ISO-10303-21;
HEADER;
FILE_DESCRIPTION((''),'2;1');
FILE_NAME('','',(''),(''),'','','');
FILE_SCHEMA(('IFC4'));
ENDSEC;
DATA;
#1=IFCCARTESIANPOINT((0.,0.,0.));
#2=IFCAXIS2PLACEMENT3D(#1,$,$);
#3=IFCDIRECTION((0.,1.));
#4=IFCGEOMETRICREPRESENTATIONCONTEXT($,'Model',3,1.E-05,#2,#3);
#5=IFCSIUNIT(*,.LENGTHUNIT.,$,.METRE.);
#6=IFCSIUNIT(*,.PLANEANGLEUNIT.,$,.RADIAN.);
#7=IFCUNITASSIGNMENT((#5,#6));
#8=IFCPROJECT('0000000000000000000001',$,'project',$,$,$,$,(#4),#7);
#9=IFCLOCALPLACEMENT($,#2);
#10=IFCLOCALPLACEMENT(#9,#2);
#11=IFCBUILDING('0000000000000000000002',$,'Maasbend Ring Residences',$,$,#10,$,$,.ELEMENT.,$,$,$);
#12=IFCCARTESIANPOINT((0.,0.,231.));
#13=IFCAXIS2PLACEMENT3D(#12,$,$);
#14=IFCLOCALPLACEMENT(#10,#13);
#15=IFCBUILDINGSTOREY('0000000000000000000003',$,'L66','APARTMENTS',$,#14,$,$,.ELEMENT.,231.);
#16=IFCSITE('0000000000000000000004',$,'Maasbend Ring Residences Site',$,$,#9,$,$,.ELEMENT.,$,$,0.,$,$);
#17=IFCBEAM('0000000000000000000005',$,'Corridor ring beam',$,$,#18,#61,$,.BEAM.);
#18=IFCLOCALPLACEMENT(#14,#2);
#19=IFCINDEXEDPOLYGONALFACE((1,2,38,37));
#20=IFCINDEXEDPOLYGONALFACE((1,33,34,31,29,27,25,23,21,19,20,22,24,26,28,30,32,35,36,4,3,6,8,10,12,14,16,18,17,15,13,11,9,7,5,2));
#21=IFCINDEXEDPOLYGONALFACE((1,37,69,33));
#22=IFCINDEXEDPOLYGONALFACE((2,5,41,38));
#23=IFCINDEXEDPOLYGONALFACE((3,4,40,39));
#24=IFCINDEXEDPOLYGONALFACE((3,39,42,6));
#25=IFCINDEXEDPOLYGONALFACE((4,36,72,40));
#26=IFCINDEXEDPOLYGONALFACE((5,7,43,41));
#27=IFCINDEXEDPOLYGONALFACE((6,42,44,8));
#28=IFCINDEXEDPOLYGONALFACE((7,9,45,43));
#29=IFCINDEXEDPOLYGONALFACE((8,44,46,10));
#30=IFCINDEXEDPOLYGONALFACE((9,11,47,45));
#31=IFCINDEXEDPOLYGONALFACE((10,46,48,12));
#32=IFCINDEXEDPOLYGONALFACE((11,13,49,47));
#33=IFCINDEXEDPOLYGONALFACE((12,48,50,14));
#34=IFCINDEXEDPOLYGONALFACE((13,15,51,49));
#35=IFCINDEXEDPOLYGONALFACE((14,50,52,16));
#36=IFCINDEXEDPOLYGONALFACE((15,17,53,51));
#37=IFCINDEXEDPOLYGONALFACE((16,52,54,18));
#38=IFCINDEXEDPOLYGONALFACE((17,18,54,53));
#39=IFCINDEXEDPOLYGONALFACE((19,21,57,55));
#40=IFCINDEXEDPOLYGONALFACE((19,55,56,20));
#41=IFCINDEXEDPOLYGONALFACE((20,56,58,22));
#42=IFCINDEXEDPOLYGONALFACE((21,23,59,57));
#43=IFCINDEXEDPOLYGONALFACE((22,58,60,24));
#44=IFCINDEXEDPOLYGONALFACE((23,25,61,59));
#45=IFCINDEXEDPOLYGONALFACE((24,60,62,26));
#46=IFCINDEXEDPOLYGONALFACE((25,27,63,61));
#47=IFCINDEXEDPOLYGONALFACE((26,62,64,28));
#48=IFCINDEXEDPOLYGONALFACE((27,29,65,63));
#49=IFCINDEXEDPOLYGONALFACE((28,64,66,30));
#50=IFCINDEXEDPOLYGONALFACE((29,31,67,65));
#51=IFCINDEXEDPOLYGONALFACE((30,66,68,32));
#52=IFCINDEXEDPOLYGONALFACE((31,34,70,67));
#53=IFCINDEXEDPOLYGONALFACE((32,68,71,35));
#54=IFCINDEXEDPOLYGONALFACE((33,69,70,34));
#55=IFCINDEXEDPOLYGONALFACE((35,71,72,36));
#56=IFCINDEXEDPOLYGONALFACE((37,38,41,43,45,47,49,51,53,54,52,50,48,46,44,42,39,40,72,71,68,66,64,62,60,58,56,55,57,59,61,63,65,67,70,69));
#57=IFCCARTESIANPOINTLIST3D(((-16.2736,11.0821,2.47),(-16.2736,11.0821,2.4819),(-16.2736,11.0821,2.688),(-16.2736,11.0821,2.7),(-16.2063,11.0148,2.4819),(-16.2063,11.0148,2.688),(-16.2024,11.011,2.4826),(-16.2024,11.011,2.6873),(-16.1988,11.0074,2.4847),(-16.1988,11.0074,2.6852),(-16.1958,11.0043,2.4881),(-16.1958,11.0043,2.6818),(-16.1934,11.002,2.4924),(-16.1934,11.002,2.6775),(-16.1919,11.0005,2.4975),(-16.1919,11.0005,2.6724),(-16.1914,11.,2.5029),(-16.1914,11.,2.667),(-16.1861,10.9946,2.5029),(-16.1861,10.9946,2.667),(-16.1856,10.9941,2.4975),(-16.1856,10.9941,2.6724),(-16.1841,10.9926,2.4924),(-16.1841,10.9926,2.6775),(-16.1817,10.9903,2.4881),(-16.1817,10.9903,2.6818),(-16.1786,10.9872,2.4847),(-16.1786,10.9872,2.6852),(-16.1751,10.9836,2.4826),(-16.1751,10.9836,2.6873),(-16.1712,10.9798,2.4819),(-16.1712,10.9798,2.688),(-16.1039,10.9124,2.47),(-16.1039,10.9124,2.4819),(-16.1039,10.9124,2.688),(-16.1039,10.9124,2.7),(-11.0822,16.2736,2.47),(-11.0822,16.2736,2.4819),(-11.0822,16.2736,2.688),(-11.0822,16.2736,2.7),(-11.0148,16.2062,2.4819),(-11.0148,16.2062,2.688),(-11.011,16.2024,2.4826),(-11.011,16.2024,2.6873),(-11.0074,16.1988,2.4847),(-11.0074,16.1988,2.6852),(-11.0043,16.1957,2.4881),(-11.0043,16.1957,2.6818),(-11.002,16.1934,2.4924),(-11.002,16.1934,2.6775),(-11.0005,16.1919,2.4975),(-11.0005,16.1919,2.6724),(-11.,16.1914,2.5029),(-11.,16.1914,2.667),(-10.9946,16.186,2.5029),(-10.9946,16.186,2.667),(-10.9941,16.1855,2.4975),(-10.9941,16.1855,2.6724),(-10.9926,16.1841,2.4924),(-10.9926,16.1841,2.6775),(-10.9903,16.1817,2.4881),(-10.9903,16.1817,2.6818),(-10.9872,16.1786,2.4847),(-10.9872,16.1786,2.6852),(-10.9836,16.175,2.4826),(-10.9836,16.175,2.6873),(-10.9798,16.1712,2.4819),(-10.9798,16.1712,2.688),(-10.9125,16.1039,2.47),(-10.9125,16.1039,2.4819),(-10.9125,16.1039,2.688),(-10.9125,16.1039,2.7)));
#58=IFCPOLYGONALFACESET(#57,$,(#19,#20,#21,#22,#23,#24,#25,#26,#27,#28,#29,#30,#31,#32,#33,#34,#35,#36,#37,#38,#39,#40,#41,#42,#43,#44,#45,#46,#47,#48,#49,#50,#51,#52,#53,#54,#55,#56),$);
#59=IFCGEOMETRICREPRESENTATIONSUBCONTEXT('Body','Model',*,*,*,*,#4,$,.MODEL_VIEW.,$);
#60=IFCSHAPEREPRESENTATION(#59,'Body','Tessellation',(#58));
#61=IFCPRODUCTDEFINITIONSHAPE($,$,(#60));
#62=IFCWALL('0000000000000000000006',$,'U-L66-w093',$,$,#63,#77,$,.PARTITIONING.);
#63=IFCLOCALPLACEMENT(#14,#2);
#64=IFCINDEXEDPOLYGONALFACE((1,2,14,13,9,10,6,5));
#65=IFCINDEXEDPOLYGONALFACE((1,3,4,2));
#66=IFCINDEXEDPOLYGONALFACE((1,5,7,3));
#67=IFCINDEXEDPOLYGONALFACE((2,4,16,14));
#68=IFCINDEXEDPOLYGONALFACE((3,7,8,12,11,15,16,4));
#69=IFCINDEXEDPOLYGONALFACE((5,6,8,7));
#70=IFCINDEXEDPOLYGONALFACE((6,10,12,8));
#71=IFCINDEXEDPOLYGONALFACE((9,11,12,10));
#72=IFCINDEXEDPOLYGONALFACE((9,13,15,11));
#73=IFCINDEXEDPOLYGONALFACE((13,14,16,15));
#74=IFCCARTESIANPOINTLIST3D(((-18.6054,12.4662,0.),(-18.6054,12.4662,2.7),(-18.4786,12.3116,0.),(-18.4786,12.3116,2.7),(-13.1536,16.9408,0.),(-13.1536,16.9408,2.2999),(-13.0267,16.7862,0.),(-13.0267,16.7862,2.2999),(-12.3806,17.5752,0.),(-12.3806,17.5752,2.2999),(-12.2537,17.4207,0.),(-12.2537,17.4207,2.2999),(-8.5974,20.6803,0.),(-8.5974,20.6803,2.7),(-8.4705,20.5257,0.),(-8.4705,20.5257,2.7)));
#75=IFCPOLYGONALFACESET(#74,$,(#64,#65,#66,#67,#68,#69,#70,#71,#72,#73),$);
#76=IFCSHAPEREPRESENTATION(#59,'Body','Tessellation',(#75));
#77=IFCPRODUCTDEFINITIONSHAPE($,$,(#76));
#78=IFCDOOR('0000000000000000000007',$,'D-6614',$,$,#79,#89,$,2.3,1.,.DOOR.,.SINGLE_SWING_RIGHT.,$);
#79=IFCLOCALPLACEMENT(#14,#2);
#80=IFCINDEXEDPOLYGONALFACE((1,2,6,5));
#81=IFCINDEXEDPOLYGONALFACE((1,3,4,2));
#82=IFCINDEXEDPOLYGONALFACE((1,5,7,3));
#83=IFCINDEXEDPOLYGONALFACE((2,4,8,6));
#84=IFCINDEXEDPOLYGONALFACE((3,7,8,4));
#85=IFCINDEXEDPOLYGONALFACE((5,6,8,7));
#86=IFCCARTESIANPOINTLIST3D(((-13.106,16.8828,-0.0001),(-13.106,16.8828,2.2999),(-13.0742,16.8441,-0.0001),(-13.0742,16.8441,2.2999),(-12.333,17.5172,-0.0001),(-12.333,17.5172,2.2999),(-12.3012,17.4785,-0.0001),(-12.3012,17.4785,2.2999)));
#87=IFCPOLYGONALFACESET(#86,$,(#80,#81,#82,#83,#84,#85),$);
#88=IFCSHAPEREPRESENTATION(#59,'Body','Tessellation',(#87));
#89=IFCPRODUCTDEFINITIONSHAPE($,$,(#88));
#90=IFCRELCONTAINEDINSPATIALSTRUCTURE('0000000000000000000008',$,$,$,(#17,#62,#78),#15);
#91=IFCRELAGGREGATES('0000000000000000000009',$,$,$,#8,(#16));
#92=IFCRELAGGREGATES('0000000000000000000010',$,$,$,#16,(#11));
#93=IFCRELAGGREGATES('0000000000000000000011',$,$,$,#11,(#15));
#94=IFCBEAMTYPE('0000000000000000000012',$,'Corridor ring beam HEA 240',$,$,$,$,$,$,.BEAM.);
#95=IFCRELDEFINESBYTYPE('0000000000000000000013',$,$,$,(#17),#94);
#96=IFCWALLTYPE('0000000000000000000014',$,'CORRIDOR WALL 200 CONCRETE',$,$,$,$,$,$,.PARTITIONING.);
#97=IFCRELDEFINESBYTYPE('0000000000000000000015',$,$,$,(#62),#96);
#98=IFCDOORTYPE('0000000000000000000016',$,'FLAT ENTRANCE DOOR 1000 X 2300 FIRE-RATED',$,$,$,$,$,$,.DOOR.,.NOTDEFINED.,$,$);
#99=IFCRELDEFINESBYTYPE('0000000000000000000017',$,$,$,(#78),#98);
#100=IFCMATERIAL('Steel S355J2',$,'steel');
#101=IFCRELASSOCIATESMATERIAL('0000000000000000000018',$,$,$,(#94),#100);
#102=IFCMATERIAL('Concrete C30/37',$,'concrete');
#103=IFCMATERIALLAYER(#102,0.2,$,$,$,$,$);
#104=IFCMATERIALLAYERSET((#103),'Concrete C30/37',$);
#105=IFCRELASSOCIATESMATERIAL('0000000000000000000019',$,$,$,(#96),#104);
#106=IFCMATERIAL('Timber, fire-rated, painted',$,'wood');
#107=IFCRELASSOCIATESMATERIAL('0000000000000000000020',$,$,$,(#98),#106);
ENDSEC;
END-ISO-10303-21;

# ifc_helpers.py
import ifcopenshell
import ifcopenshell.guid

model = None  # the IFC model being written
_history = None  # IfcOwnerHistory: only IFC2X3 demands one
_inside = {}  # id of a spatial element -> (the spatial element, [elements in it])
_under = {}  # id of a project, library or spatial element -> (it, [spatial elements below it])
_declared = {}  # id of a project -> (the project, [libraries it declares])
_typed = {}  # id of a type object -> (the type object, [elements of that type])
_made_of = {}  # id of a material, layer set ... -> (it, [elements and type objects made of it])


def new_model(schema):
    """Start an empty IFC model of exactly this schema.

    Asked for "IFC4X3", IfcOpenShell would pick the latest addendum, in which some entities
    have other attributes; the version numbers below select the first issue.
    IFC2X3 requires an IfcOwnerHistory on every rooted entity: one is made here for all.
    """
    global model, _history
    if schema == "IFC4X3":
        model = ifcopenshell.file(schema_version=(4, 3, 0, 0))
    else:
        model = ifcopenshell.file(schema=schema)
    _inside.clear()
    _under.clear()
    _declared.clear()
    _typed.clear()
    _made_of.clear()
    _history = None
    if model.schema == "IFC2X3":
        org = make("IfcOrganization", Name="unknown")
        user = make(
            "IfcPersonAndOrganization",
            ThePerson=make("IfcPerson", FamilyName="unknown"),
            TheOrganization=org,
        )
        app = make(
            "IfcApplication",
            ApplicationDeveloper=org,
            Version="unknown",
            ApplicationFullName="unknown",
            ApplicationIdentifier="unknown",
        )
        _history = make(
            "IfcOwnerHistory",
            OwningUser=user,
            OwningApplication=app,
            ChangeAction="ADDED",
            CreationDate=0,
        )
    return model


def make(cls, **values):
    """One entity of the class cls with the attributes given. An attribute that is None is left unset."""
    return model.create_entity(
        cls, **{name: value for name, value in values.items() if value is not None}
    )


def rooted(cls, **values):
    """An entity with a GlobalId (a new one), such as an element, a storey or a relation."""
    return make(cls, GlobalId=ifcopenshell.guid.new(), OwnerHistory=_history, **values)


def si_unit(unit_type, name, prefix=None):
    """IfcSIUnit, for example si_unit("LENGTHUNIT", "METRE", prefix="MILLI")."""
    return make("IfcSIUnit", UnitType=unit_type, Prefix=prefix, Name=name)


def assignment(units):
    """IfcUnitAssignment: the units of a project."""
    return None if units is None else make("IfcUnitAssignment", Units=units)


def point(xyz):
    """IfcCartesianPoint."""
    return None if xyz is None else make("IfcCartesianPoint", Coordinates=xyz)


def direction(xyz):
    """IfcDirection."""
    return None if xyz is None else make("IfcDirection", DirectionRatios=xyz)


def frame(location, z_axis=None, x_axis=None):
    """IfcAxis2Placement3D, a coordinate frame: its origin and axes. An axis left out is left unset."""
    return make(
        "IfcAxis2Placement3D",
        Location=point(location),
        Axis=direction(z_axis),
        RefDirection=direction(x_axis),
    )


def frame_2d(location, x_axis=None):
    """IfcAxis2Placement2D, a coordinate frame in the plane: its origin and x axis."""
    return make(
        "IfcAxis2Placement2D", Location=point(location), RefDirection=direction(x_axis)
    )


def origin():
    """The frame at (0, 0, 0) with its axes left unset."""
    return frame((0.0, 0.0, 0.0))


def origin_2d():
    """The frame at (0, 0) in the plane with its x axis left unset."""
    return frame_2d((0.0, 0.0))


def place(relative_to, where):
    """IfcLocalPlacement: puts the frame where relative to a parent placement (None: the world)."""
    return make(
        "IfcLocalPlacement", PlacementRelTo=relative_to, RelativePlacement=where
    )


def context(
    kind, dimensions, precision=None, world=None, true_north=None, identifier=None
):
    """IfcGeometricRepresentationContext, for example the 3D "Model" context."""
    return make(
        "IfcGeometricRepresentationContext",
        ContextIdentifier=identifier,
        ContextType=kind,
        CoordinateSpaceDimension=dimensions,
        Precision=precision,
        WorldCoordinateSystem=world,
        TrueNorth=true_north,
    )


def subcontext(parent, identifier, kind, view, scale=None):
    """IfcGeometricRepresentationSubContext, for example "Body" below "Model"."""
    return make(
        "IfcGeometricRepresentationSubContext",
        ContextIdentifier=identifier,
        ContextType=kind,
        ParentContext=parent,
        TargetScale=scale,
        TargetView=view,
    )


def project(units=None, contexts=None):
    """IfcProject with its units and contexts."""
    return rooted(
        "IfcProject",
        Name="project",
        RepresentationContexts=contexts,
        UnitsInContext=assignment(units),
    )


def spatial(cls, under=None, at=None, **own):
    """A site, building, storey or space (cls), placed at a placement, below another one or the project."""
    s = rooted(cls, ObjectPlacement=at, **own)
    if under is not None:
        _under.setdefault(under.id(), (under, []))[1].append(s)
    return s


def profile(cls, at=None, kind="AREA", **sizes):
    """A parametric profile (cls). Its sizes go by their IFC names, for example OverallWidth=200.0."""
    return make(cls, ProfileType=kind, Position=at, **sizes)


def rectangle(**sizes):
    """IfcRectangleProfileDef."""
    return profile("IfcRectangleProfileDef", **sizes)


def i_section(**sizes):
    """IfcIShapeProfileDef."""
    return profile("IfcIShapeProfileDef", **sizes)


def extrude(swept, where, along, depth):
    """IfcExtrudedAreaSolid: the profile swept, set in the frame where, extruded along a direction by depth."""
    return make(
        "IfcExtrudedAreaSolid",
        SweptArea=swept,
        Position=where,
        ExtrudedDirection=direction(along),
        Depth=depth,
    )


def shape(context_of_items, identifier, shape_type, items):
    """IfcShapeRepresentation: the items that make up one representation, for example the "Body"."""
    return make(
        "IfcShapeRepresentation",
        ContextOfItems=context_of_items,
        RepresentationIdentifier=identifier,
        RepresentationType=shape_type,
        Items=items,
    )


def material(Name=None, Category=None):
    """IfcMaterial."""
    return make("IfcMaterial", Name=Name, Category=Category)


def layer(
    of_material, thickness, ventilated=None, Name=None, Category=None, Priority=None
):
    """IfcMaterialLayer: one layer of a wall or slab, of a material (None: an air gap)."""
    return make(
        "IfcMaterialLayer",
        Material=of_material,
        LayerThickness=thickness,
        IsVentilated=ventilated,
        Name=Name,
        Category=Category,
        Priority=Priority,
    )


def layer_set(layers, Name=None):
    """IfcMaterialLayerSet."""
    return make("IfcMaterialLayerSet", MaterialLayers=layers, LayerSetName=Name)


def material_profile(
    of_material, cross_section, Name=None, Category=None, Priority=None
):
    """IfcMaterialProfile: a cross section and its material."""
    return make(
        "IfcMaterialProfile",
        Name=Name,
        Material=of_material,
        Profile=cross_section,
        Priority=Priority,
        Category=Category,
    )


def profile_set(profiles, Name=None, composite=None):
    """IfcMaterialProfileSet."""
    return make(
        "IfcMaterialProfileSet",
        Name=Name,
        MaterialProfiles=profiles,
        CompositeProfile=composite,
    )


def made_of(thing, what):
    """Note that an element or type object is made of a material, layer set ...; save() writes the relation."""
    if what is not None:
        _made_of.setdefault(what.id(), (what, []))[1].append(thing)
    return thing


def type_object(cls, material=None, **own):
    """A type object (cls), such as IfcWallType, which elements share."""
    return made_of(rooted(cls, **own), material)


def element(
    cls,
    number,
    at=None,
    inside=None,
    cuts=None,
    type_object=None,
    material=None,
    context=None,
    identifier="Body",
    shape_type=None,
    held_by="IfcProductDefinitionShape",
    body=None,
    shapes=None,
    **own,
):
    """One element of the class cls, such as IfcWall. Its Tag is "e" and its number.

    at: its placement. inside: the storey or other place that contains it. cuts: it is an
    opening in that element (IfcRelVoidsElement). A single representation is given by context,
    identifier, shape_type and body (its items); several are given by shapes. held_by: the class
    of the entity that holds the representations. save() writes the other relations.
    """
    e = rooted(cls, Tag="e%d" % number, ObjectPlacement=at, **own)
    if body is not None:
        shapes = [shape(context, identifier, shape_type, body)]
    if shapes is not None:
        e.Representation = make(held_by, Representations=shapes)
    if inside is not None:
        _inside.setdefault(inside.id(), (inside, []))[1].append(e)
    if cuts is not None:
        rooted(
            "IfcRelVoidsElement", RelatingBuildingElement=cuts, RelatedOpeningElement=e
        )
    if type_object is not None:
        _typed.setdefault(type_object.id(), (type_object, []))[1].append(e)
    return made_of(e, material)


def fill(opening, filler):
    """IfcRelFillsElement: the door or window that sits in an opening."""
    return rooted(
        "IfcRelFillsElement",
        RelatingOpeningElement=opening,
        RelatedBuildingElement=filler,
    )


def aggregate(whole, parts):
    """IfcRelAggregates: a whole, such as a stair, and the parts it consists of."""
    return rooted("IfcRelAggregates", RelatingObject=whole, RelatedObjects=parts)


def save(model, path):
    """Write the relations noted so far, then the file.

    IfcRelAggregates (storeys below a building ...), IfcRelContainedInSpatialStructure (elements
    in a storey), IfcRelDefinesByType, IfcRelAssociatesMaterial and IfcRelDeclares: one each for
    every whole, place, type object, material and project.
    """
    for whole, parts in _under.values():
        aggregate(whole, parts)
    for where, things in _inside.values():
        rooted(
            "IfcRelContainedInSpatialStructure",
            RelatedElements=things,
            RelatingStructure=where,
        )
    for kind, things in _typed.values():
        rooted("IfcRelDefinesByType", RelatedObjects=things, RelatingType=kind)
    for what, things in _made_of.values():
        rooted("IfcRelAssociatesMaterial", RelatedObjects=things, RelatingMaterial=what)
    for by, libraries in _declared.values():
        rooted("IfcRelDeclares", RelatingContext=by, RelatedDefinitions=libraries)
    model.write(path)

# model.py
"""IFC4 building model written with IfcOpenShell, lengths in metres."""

from ifc_helpers import new_model, si_unit, direction, frame, frame_2d, origin, origin_2d, place, context, subcontext, project, spatial, rectangle, i_section, extrude, material, layer, layer_set, material_profile, profile_set, type_object, element, fill, save


model = new_model("IFC4")

# Units and contexts
model_context = context("Model", 3, precision=1e-05, world=origin(), true_north=direction((0.0, 1.0)))
body_context = subcontext(model_context, "Body", "Model", "MODEL_VIEW")
ifc_project = project(units=[si_unit("LENGTHUNIT", "METRE"), si_unit("PLANEANGLEUNIT", "RADIAN")], contexts=[model_context])

# Site, building, storey
site_placement = place(None, origin())
site = spatial("IfcSite", under=ifc_project, at=site_placement, Name="Maasbend Ring Residences Site", CompositionType="ELEMENT", RefElevation=0.0)
building_placement = place(site_placement, origin())
building = spatial("IfcBuilding", under=site, at=building_placement, Name="Maasbend Ring Residences", CompositionType="ELEMENT")
storey_placement = place(building_placement, frame((0.0, 0.0, 231.0)))
storey = spatial("IfcBuildingStorey", under=building, at=storey_placement, Name="L66", Description="APARTMENTS", CompositionType="ELEMENT", Elevation=231.0)

# Beam
ifc_material_1 = material(Name="Steel S355J2", Category="steel")
ifc_material_profile_1 = material_profile(ifc_material_1, i_section(OverallWidth=0.24, OverallDepth=0.23, WebThickness=0.0076, FlangeThickness=0.012, FilletRadius=0.021, at=origin_2d()), Name="HEA 240")
ifc_profile_set_1 = profile_set([ifc_material_profile_1], Name="Steel S355J2")
beam_type = type_object("IfcBeamType", Name="Corridor ring beam HEA 240", PredefinedType="BEAM", material=ifc_profile_set_1)
beam_placement = place(storey_placement, frame((-10.9973, 16.1887, 2.585), z_axis=(-0.707107, -0.707107, 0.0), x_axis=(0.707107, -0.707107, 0.0)))
element("IfcBeam", 1, at=beam_placement, inside=storey, type_object=beam_type, Name="Corridor ring beam", PredefinedType="BEAM", context=body_context, shape_type="SweptSolid", body=[
    extrude(i_section(OverallWidth=0.24, OverallDepth=0.23, WebThickness=0.0076, FlangeThickness=0.012, FilletRadius=0.021, at=origin_2d()), origin(), (0.0, 0.0, 1.0), 7.3418),
])

# Wall, opening, door
ifc_material_2 = material(Name="Concrete C30/37", Category="concrete")
ifc_layer_1 = layer(ifc_material_2, 0.2)
ifc_layer_set_1 = layer_set([ifc_layer_1], Name="Concrete C30/37")
wall_type_1 = type_object("IfcWallType", Name="CORRIDOR WALL 200 CONCRETE", PredefinedType="PARTITIONING", material=ifc_layer_set_1)
wall_1_placement = place(storey_placement, frame((-18.542, 12.3889, 0.0), z_axis=(0.0, 0.0, 1.0), x_axis=(0.772984, 0.634426, 0.0)))
wall_1 = element("IfcWall", 2, at=wall_1_placement, inside=storey, type_object=wall_type_1, Name="U-L66-w093", PredefinedType="PARTITIONING", context=body_context, shape_type="SweptSolid", body=[
    extrude(rectangle(XDim=12.9473, YDim=0.2, at=frame_2d((6.4736, 0.0))), origin(), (0.0, 0.0, 1.0), 2.7),
])
opening_1_placement = place(wall_1_placement, frame((7.053, 0.0, 0.0)))
opening_1 = element("IfcOpeningElement", 3, at=opening_1_placement, cuts=wall_1, PredefinedType="OPENING", context=body_context, shape_type="SweptSolid", body=[
    extrude(rectangle(XDim=1.0, YDim=2.3, at=frame_2d((0.5, 1.1499))), frame((0.0, 0.1099, 0.0), z_axis=(0.0, -1.0, 0.0), x_axis=(1.0, 0.0, 0.0)), (0.0, 0.0, 1.0), 0.22),
])
ifc_material_3 = material(Name="Timber, fire-rated, painted", Category="wood")
door_type_1 = type_object("IfcDoorType", Name="FLAT ENTRANCE DOOR 1000 X 2300 FIRE-RATED", OperationType="NOTDEFINED", PredefinedType="DOOR", material=ifc_material_3)
door_1_placement = place(opening_1_placement, origin())
door_1 = element("IfcDoor", 4, at=door_1_placement, inside=storey, type_object=door_type_1, Name="D-6614", OperationType="SINGLE_SWING_RIGHT", OverallHeight=2.3, OverallWidth=1.0, PredefinedType="DOOR", context=body_context, shape_type="SweptSolid", body=[
    extrude(rectangle(XDim=1.0, YDim=2.3, at=frame_2d((0.5, 1.1499))), frame((0.0, 0.0249, 0.0), z_axis=(0.0, -1.0, 0.0), x_axis=(1.0, 0.0, 0.0)), (0.0, 0.0, 1.0), 0.05),
])
fill(opening_1, door_1)

save(model, "model.ifc")
